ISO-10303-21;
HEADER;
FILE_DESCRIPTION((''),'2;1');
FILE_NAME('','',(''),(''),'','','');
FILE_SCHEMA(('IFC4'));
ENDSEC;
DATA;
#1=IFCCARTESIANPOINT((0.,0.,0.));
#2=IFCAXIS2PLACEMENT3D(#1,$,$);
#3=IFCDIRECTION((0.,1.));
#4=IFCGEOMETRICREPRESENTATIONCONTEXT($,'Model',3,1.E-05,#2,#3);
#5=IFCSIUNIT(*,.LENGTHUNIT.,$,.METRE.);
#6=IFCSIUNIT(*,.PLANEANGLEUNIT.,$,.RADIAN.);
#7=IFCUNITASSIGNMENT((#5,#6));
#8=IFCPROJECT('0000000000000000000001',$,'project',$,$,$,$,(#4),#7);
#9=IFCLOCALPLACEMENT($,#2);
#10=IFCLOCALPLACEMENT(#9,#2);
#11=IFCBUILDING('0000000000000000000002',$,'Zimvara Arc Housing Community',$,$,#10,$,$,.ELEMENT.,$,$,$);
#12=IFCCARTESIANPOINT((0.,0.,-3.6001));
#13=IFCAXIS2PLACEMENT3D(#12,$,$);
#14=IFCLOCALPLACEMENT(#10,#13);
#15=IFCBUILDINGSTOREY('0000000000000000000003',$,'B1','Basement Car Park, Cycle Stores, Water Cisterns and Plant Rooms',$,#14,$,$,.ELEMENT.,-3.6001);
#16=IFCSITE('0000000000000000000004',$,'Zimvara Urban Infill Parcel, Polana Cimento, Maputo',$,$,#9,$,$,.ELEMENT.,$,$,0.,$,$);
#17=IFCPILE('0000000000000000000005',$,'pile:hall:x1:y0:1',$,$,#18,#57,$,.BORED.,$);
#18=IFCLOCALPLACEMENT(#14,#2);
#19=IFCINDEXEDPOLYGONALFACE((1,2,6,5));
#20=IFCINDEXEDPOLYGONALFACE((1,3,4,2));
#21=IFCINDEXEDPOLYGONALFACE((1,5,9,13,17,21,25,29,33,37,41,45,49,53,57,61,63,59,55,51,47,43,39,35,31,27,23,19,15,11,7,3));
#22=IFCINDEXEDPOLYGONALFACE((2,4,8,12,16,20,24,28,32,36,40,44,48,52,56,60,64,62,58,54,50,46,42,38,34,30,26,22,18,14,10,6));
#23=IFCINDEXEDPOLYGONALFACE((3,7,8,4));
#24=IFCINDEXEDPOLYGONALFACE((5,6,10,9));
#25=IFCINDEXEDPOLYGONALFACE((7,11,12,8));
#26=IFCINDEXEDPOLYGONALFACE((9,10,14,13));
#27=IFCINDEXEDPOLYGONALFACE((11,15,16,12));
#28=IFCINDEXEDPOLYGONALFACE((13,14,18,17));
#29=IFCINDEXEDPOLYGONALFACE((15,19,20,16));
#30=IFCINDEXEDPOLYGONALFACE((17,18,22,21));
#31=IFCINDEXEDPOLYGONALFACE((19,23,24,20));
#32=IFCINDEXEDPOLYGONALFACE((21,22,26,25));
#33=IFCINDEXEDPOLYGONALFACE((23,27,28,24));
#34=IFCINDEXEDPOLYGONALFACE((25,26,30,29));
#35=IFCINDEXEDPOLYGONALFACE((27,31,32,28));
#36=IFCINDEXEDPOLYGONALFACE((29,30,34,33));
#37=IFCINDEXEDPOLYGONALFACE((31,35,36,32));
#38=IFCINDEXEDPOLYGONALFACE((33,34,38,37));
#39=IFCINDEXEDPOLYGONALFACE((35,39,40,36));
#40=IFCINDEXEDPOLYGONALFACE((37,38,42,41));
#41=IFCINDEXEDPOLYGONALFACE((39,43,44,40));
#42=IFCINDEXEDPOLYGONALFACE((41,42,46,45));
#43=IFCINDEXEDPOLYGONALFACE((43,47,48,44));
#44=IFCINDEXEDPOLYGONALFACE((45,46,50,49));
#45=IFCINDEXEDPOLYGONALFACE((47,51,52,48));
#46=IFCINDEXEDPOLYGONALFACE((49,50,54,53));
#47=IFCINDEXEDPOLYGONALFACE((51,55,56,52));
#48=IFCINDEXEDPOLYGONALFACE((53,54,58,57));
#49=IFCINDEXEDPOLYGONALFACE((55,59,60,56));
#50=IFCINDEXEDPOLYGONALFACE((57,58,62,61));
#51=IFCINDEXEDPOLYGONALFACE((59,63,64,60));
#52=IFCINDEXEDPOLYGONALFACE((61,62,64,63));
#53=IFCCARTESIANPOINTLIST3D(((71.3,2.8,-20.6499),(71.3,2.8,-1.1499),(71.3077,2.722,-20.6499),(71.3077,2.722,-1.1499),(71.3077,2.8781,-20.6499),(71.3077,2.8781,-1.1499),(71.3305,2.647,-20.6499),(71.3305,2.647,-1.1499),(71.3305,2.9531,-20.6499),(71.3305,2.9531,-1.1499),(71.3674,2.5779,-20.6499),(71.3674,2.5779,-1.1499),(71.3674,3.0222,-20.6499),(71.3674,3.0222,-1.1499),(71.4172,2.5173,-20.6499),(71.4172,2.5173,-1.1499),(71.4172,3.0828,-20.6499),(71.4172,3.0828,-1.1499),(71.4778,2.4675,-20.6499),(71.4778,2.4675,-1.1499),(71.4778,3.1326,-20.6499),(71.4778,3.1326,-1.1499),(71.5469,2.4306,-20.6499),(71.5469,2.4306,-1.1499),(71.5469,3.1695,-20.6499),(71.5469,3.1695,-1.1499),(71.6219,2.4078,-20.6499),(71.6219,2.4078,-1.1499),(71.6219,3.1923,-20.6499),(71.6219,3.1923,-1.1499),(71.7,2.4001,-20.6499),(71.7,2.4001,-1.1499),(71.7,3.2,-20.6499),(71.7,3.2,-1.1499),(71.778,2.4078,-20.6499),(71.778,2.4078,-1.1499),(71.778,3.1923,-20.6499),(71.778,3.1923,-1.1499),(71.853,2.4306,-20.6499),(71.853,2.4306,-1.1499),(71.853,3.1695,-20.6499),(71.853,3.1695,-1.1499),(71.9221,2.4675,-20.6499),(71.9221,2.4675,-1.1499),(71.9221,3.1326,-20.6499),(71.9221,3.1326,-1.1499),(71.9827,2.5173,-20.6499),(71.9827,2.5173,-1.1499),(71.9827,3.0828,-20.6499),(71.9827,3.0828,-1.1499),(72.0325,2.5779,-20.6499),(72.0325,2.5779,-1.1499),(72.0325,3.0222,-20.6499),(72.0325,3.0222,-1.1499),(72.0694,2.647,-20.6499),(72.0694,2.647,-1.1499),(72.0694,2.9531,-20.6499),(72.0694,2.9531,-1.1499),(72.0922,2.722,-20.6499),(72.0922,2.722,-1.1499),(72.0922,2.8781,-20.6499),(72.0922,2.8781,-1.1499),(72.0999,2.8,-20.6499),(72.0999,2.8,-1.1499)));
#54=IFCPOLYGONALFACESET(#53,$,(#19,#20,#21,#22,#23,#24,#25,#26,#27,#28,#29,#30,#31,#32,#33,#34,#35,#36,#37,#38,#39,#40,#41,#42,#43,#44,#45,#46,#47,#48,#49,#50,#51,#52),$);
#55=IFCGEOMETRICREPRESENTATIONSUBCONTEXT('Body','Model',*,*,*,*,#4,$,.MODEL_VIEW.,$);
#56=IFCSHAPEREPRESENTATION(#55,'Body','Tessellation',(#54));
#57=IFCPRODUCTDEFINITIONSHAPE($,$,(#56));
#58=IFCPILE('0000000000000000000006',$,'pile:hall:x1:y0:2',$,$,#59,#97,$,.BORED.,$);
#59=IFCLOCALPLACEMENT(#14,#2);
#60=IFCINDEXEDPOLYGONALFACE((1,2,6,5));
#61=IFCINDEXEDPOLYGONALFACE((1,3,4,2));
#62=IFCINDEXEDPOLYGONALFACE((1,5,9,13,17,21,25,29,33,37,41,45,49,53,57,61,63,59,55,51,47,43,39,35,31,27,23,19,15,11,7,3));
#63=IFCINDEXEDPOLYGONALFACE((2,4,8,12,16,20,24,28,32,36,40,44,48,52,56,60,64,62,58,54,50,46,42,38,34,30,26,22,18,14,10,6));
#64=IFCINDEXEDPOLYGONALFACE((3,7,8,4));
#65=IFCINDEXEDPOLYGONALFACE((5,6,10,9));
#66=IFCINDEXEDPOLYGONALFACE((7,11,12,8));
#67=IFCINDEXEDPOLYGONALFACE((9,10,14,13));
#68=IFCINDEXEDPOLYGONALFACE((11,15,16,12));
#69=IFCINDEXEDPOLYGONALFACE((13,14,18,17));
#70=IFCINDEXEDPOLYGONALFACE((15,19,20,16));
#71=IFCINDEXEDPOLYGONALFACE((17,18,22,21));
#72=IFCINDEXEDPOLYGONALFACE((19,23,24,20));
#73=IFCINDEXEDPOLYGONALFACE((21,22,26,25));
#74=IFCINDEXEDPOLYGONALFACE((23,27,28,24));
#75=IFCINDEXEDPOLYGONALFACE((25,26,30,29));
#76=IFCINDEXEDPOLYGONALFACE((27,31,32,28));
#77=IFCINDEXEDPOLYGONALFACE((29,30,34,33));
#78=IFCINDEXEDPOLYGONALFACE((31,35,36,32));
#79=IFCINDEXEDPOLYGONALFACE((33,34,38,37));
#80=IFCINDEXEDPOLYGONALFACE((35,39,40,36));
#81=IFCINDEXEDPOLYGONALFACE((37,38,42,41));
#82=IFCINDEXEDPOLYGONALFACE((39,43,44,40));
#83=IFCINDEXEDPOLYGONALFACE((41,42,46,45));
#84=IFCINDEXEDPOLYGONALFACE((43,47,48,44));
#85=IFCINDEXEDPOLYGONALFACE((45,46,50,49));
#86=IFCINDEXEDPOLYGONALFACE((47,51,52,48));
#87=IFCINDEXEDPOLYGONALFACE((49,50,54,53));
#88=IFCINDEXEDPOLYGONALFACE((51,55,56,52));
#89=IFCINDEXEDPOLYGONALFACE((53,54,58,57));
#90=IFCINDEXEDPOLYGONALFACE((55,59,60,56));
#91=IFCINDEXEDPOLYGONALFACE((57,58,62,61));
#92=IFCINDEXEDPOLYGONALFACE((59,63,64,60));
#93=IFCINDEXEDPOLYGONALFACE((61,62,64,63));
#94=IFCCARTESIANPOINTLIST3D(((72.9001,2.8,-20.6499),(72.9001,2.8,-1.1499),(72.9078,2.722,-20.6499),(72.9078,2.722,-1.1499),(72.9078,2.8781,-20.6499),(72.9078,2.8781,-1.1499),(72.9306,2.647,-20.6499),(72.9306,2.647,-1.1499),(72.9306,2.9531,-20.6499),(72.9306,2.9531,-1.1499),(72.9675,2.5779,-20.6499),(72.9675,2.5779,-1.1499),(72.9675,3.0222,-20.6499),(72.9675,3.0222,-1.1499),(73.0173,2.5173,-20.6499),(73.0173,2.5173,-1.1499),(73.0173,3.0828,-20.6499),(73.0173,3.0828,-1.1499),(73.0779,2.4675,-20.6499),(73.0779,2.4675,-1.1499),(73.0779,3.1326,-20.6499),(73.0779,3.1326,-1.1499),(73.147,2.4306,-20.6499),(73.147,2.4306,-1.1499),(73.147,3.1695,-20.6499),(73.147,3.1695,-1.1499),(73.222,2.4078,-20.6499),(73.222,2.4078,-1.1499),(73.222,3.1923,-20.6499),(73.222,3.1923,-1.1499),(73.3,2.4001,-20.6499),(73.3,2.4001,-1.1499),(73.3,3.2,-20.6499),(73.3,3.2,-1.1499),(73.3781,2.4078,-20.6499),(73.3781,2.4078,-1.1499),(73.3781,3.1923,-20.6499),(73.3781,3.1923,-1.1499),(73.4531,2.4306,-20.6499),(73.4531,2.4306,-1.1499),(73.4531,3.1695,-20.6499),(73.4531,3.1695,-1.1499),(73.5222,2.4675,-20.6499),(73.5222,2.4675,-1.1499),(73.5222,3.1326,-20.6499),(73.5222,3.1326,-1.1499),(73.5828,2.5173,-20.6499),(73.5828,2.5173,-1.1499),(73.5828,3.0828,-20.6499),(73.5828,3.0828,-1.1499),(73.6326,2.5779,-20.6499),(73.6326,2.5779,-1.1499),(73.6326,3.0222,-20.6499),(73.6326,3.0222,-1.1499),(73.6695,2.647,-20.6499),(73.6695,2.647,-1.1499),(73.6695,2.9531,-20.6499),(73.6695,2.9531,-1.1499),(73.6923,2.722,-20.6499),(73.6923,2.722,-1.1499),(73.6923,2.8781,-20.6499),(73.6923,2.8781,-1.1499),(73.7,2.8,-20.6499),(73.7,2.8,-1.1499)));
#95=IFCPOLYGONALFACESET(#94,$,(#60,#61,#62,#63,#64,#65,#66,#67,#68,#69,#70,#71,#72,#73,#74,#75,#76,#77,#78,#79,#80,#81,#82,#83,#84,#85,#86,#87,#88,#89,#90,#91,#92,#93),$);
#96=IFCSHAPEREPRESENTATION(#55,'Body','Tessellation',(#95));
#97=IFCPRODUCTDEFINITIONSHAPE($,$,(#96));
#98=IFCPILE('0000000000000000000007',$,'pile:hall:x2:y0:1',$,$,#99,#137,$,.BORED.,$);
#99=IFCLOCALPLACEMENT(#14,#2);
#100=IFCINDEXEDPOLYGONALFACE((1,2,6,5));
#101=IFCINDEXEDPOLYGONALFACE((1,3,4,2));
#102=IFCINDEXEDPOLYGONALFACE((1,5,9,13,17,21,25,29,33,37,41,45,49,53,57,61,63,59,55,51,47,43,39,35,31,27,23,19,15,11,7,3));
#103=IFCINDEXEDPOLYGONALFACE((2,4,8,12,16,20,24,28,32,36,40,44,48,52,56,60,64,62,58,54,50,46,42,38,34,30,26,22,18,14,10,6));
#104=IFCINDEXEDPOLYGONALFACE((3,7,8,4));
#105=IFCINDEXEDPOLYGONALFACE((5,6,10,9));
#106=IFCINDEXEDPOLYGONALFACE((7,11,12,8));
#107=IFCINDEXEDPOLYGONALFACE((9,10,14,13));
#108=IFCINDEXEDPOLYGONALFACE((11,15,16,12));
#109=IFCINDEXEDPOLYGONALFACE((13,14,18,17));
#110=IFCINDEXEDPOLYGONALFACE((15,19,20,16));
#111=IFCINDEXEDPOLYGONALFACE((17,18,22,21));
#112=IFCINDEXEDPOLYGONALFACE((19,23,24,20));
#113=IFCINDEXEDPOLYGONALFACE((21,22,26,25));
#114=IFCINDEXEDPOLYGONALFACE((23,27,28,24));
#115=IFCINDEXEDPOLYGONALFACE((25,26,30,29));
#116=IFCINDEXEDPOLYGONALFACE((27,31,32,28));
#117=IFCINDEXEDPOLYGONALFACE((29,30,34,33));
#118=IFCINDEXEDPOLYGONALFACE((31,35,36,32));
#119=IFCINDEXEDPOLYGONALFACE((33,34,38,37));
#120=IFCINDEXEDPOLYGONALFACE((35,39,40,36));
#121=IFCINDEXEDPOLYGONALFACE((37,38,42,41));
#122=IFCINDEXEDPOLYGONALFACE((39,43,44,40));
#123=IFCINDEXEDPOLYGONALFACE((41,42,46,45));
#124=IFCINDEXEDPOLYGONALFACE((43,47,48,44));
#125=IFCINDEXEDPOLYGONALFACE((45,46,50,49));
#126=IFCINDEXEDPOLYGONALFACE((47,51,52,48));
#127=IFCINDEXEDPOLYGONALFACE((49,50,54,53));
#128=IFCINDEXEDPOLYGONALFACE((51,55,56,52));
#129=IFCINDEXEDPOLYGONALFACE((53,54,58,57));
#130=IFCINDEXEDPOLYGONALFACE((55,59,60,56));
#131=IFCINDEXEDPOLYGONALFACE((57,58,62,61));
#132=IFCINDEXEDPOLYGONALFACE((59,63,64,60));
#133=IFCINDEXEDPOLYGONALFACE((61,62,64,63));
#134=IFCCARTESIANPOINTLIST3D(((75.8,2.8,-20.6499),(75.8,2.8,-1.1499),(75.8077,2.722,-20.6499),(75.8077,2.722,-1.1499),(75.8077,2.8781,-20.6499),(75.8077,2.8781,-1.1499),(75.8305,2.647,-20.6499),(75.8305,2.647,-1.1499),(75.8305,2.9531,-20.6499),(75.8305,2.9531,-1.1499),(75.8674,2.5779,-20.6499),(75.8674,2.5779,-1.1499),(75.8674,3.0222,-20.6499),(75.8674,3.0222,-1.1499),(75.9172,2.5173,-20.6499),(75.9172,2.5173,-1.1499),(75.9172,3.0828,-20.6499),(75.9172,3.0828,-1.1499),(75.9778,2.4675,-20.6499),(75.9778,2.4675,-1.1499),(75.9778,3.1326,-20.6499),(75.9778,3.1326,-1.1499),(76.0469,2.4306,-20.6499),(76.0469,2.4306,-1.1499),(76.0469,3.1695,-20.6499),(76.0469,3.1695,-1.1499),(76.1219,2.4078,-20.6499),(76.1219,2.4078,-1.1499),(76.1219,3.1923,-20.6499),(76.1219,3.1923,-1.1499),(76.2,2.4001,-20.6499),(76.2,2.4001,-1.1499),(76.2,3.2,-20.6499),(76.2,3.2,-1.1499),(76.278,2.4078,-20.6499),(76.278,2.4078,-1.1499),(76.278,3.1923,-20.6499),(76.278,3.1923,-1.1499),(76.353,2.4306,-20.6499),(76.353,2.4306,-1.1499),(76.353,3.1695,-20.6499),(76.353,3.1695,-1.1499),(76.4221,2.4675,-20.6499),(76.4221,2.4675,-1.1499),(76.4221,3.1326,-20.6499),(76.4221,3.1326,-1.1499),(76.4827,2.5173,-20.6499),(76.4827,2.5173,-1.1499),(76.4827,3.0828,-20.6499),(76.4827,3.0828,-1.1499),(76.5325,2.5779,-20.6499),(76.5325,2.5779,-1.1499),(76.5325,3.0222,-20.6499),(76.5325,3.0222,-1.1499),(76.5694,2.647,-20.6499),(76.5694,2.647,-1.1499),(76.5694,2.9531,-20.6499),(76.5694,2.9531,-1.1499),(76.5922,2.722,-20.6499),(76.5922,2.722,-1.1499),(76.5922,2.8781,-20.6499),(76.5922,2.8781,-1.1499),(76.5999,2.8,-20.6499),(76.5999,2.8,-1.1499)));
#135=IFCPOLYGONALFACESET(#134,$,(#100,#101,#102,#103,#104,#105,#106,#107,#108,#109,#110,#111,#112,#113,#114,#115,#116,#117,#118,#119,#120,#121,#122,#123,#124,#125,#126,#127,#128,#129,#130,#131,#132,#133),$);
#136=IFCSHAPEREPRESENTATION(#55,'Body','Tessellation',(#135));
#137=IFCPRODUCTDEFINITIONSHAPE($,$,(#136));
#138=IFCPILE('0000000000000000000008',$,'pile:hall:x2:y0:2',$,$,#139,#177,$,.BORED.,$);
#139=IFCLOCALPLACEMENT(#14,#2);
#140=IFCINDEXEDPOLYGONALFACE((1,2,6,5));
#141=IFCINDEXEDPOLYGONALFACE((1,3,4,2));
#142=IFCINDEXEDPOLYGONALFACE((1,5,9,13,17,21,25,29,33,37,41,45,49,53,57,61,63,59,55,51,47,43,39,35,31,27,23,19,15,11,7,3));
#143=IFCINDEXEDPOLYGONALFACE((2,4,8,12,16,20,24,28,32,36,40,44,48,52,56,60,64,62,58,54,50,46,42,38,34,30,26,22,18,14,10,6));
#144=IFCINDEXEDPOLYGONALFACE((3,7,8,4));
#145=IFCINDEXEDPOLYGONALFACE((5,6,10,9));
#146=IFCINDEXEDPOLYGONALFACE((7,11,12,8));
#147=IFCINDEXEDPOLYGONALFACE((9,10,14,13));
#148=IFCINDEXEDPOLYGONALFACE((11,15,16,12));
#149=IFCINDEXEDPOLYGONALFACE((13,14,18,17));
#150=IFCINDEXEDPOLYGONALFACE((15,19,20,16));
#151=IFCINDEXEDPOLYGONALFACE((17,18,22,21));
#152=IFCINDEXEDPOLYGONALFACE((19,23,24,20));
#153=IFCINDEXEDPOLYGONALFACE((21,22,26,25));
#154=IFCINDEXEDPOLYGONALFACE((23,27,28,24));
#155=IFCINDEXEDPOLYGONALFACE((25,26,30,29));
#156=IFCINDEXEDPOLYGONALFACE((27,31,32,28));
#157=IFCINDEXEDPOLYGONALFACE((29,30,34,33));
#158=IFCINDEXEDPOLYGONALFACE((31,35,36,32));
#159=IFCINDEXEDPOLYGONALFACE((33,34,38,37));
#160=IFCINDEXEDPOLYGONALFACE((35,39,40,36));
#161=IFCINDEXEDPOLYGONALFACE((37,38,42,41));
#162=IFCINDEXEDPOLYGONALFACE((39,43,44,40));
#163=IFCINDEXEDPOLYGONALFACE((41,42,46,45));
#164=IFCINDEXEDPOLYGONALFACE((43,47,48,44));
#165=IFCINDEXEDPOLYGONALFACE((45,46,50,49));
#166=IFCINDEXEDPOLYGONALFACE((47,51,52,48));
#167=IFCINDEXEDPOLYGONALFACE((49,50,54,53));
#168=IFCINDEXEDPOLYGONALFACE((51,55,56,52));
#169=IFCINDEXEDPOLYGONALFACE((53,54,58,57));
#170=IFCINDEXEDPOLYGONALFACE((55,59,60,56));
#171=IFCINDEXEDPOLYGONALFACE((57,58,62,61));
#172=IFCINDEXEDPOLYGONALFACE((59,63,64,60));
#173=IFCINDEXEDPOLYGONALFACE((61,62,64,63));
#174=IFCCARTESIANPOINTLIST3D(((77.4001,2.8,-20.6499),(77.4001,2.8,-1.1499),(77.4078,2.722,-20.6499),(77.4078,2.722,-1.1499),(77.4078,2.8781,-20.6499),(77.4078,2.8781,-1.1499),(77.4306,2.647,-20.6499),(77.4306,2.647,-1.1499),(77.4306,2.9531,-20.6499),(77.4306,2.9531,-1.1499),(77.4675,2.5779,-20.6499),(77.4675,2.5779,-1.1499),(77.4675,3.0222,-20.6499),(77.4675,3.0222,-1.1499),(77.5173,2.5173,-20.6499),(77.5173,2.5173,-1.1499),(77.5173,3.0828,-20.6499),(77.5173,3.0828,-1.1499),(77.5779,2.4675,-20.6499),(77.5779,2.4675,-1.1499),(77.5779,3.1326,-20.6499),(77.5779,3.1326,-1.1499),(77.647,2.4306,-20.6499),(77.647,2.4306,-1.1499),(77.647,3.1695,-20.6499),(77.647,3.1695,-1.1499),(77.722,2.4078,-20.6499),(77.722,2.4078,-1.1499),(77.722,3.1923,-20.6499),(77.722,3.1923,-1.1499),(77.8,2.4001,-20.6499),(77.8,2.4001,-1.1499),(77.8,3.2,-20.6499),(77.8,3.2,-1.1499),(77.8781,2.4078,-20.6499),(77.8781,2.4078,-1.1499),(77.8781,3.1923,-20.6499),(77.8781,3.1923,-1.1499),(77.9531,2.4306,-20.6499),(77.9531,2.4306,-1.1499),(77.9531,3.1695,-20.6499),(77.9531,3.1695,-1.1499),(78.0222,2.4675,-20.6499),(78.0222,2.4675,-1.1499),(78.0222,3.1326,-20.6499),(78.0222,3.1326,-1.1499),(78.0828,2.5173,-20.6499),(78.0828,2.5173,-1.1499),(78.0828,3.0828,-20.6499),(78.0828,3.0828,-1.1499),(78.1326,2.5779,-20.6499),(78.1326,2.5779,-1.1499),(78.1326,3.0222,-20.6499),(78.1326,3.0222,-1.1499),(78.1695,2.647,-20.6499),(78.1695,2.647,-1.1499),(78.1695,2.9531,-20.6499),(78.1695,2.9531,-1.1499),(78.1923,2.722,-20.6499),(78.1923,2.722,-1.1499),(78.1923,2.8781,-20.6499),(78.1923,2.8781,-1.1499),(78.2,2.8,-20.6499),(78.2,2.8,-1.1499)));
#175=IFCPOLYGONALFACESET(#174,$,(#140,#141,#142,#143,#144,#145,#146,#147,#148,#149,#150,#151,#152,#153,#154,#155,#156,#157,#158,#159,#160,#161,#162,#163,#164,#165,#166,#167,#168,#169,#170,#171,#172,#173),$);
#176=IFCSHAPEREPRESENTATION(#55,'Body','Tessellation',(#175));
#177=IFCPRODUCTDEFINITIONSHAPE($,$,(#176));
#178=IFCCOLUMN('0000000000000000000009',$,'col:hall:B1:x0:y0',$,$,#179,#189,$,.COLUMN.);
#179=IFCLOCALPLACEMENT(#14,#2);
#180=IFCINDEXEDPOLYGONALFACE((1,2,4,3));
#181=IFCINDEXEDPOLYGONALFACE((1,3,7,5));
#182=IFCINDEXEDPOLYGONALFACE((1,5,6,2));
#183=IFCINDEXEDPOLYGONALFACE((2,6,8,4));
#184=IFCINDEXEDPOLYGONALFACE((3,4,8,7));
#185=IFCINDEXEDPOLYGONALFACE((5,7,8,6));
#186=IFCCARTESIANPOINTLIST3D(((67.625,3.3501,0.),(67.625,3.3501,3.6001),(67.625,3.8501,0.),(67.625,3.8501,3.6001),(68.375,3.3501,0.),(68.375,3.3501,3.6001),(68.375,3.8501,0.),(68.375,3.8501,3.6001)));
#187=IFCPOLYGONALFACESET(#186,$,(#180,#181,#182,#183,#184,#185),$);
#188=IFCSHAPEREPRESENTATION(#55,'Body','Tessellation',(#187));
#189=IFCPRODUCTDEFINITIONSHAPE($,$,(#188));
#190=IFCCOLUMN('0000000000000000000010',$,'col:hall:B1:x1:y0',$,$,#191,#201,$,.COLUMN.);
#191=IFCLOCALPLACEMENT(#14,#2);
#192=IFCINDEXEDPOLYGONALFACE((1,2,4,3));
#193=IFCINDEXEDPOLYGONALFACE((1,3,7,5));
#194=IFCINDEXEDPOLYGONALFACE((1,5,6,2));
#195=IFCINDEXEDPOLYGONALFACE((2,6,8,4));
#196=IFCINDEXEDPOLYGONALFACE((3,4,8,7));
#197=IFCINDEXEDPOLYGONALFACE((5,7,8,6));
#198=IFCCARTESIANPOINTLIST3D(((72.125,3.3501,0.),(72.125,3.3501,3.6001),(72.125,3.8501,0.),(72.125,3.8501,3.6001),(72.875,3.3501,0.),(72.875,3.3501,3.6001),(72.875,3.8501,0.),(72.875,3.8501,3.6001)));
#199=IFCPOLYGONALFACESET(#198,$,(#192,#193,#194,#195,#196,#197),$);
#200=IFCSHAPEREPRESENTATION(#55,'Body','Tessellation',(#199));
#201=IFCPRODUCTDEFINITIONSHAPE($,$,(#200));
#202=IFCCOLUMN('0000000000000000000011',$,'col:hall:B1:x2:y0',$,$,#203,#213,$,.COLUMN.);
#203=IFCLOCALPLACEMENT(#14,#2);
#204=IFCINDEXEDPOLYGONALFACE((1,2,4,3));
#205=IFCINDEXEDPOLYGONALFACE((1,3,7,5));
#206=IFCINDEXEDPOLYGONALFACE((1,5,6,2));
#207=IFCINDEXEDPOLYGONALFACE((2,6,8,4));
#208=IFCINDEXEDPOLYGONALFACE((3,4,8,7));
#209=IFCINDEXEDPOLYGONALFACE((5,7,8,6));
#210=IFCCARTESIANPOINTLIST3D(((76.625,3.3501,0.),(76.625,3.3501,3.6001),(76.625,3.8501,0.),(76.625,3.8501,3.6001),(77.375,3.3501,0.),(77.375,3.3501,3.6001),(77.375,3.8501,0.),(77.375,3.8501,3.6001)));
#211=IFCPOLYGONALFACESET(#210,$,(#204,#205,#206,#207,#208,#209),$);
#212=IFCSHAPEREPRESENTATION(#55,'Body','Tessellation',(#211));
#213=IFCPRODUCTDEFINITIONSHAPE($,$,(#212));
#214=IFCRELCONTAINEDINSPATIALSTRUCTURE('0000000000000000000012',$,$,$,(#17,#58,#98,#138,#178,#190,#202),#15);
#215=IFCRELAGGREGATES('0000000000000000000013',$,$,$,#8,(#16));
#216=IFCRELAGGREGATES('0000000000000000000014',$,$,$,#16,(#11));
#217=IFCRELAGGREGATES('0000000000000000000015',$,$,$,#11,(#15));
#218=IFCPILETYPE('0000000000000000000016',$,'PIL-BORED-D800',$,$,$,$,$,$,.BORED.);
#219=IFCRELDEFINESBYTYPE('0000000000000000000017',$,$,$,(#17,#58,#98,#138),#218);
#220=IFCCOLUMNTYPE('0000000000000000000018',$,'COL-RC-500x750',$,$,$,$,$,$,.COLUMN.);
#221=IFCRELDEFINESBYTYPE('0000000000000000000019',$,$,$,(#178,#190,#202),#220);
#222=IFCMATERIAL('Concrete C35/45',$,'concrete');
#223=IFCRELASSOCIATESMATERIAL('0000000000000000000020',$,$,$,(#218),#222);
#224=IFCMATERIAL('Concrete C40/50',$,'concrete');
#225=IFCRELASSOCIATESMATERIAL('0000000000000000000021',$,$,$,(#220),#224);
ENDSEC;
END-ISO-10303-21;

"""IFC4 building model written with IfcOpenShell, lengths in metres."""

from ifc_helpers import new_model, si_unit, direction, frame, origin, origin_2d, place, context, subcontext, project, spatial, rectangle, circle, extrude, material, material_profile, profile_set, type_object, element, save


model = new_model("IFC4")

# Units and contexts
model_context = context("Model", 3, precision=1e-05, world=origin(), true_north=direction((0.0, 1.0)))
body_context = subcontext(model_context, "Body", "Model", "MODEL_VIEW")
ifc_project = project(units=[si_unit("LENGTHUNIT", "METRE"), si_unit("PLANEANGLEUNIT", "RADIAN")], contexts=[model_context])

# Site, building, storey
site_placement = place(None, origin())
site = spatial("IfcSite", under=ifc_project, at=site_placement, Name="Zimvara Urban Infill Parcel, Polana Cimento, Maputo", CompositionType="ELEMENT", RefElevation=0.0)
building_placement = place(site_placement, origin())
building = spatial("IfcBuilding", under=site, at=building_placement, Name="Zimvara Arc Housing Community", CompositionType="ELEMENT")
storey_placement = place(building_placement, frame((0.0, 0.0, -3.6001)))
storey = spatial("IfcBuildingStorey", under=building, at=storey_placement, Name="B1", Description="Basement Car Park, Cycle Stores, Water Cisterns and Plant Rooms", CompositionType="ELEMENT", Elevation=-3.6001)

# Piles
ifc_material_1 = material(Name="Concrete C35/45", Category="concrete")
ifc_material_profile_1 = material_profile(ifc_material_1, circle(Radius=0.3999, at=origin_2d()), Name="PILE D800")
ifc_profile_set_1 = profile_set([ifc_material_profile_1], Name="Concrete C35/45")
pile_type_1 = type_object("IfcPileType", Name="PIL-BORED-D800", PredefinedType="BORED", material=ifc_profile_set_1)
for number, where, z_axis, x_axis, name in (
    (1, (71.7, 2.8, -1.1499), (0.0, 0.0, -1.0), (1.0, 0.0, 0.0), "pile:hall:x1:y0:1"),
    (2, (73.3, 2.8, -1.1499), (0.0, 0.0, -1.0), (1.0, 0.0, 0.0), "pile:hall:x1:y0:2"),
    (3, (76.2, 2.8, -1.1499), (0.0, 0.0, -1.0), (1.0, 0.0, 0.0), "pile:hall:x2:y0:1"),
    (4, (77.8, 2.8, -1.1499), (0.0, 0.0, -1.0), (1.0, 0.0, 0.0), "pile:hall:x2:y0:2"),
):
    element("IfcPile", number, at=place(storey_placement, frame(where, z_axis=z_axis, x_axis=x_axis)), inside=storey, type_object=pile_type_1, Name=name, PredefinedType="BORED", context=body_context, shape_type="SweptSolid", body=[
        extrude(circle(Radius=0.3999, at=origin_2d()), origin(), (0.0, 0.0, 1.0), 19.5),
    ])

# Columns
ifc_material_2 = material(Name="Concrete C40/50", Category="concrete")
ifc_material_profile_2 = material_profile(ifc_material_2, rectangle(XDim=0.5, YDim=0.75, at=origin_2d()), Name="RC 500x750")
ifc_profile_set_2 = profile_set([ifc_material_profile_2], Name="Concrete C40/50")
column_type_1 = type_object("IfcColumnType", Name="COL-RC-500x750", PredefinedType="COLUMN", material=ifc_profile_set_2)
for number, where, z_axis, x_axis, name in (
    (5, (68.0, 3.6001, 0.0), (0.0, 0.0, 1.0), (0.0, 1.0, 0.0), "col:hall:B1:x0:y0"),
    (6, (72.5, 3.6001, 0.0), (0.0, 0.0, 1.0), (0.0, 1.0, 0.0), "col:hall:B1:x1:y0"),
    (7, (77.0, 3.6001, 0.0), (0.0, 0.0, 1.0), (0.0, 1.0, 0.0), "col:hall:B1:x2:y0"),
):
    element("IfcColumn", number, at=place(storey_placement, frame(where, z_axis=z_axis, x_axis=x_axis)), inside=storey, type_object=column_type_1, Name=name, PredefinedType="COLUMN", context=body_context, shape_type="SweptSolid", body=[
        extrude(rectangle(XDim=0.5, YDim=0.75, at=origin_2d()), origin(), (0.0, 0.0, 1.0), 3.6001),
    ])

save(model, "model.ifc")
